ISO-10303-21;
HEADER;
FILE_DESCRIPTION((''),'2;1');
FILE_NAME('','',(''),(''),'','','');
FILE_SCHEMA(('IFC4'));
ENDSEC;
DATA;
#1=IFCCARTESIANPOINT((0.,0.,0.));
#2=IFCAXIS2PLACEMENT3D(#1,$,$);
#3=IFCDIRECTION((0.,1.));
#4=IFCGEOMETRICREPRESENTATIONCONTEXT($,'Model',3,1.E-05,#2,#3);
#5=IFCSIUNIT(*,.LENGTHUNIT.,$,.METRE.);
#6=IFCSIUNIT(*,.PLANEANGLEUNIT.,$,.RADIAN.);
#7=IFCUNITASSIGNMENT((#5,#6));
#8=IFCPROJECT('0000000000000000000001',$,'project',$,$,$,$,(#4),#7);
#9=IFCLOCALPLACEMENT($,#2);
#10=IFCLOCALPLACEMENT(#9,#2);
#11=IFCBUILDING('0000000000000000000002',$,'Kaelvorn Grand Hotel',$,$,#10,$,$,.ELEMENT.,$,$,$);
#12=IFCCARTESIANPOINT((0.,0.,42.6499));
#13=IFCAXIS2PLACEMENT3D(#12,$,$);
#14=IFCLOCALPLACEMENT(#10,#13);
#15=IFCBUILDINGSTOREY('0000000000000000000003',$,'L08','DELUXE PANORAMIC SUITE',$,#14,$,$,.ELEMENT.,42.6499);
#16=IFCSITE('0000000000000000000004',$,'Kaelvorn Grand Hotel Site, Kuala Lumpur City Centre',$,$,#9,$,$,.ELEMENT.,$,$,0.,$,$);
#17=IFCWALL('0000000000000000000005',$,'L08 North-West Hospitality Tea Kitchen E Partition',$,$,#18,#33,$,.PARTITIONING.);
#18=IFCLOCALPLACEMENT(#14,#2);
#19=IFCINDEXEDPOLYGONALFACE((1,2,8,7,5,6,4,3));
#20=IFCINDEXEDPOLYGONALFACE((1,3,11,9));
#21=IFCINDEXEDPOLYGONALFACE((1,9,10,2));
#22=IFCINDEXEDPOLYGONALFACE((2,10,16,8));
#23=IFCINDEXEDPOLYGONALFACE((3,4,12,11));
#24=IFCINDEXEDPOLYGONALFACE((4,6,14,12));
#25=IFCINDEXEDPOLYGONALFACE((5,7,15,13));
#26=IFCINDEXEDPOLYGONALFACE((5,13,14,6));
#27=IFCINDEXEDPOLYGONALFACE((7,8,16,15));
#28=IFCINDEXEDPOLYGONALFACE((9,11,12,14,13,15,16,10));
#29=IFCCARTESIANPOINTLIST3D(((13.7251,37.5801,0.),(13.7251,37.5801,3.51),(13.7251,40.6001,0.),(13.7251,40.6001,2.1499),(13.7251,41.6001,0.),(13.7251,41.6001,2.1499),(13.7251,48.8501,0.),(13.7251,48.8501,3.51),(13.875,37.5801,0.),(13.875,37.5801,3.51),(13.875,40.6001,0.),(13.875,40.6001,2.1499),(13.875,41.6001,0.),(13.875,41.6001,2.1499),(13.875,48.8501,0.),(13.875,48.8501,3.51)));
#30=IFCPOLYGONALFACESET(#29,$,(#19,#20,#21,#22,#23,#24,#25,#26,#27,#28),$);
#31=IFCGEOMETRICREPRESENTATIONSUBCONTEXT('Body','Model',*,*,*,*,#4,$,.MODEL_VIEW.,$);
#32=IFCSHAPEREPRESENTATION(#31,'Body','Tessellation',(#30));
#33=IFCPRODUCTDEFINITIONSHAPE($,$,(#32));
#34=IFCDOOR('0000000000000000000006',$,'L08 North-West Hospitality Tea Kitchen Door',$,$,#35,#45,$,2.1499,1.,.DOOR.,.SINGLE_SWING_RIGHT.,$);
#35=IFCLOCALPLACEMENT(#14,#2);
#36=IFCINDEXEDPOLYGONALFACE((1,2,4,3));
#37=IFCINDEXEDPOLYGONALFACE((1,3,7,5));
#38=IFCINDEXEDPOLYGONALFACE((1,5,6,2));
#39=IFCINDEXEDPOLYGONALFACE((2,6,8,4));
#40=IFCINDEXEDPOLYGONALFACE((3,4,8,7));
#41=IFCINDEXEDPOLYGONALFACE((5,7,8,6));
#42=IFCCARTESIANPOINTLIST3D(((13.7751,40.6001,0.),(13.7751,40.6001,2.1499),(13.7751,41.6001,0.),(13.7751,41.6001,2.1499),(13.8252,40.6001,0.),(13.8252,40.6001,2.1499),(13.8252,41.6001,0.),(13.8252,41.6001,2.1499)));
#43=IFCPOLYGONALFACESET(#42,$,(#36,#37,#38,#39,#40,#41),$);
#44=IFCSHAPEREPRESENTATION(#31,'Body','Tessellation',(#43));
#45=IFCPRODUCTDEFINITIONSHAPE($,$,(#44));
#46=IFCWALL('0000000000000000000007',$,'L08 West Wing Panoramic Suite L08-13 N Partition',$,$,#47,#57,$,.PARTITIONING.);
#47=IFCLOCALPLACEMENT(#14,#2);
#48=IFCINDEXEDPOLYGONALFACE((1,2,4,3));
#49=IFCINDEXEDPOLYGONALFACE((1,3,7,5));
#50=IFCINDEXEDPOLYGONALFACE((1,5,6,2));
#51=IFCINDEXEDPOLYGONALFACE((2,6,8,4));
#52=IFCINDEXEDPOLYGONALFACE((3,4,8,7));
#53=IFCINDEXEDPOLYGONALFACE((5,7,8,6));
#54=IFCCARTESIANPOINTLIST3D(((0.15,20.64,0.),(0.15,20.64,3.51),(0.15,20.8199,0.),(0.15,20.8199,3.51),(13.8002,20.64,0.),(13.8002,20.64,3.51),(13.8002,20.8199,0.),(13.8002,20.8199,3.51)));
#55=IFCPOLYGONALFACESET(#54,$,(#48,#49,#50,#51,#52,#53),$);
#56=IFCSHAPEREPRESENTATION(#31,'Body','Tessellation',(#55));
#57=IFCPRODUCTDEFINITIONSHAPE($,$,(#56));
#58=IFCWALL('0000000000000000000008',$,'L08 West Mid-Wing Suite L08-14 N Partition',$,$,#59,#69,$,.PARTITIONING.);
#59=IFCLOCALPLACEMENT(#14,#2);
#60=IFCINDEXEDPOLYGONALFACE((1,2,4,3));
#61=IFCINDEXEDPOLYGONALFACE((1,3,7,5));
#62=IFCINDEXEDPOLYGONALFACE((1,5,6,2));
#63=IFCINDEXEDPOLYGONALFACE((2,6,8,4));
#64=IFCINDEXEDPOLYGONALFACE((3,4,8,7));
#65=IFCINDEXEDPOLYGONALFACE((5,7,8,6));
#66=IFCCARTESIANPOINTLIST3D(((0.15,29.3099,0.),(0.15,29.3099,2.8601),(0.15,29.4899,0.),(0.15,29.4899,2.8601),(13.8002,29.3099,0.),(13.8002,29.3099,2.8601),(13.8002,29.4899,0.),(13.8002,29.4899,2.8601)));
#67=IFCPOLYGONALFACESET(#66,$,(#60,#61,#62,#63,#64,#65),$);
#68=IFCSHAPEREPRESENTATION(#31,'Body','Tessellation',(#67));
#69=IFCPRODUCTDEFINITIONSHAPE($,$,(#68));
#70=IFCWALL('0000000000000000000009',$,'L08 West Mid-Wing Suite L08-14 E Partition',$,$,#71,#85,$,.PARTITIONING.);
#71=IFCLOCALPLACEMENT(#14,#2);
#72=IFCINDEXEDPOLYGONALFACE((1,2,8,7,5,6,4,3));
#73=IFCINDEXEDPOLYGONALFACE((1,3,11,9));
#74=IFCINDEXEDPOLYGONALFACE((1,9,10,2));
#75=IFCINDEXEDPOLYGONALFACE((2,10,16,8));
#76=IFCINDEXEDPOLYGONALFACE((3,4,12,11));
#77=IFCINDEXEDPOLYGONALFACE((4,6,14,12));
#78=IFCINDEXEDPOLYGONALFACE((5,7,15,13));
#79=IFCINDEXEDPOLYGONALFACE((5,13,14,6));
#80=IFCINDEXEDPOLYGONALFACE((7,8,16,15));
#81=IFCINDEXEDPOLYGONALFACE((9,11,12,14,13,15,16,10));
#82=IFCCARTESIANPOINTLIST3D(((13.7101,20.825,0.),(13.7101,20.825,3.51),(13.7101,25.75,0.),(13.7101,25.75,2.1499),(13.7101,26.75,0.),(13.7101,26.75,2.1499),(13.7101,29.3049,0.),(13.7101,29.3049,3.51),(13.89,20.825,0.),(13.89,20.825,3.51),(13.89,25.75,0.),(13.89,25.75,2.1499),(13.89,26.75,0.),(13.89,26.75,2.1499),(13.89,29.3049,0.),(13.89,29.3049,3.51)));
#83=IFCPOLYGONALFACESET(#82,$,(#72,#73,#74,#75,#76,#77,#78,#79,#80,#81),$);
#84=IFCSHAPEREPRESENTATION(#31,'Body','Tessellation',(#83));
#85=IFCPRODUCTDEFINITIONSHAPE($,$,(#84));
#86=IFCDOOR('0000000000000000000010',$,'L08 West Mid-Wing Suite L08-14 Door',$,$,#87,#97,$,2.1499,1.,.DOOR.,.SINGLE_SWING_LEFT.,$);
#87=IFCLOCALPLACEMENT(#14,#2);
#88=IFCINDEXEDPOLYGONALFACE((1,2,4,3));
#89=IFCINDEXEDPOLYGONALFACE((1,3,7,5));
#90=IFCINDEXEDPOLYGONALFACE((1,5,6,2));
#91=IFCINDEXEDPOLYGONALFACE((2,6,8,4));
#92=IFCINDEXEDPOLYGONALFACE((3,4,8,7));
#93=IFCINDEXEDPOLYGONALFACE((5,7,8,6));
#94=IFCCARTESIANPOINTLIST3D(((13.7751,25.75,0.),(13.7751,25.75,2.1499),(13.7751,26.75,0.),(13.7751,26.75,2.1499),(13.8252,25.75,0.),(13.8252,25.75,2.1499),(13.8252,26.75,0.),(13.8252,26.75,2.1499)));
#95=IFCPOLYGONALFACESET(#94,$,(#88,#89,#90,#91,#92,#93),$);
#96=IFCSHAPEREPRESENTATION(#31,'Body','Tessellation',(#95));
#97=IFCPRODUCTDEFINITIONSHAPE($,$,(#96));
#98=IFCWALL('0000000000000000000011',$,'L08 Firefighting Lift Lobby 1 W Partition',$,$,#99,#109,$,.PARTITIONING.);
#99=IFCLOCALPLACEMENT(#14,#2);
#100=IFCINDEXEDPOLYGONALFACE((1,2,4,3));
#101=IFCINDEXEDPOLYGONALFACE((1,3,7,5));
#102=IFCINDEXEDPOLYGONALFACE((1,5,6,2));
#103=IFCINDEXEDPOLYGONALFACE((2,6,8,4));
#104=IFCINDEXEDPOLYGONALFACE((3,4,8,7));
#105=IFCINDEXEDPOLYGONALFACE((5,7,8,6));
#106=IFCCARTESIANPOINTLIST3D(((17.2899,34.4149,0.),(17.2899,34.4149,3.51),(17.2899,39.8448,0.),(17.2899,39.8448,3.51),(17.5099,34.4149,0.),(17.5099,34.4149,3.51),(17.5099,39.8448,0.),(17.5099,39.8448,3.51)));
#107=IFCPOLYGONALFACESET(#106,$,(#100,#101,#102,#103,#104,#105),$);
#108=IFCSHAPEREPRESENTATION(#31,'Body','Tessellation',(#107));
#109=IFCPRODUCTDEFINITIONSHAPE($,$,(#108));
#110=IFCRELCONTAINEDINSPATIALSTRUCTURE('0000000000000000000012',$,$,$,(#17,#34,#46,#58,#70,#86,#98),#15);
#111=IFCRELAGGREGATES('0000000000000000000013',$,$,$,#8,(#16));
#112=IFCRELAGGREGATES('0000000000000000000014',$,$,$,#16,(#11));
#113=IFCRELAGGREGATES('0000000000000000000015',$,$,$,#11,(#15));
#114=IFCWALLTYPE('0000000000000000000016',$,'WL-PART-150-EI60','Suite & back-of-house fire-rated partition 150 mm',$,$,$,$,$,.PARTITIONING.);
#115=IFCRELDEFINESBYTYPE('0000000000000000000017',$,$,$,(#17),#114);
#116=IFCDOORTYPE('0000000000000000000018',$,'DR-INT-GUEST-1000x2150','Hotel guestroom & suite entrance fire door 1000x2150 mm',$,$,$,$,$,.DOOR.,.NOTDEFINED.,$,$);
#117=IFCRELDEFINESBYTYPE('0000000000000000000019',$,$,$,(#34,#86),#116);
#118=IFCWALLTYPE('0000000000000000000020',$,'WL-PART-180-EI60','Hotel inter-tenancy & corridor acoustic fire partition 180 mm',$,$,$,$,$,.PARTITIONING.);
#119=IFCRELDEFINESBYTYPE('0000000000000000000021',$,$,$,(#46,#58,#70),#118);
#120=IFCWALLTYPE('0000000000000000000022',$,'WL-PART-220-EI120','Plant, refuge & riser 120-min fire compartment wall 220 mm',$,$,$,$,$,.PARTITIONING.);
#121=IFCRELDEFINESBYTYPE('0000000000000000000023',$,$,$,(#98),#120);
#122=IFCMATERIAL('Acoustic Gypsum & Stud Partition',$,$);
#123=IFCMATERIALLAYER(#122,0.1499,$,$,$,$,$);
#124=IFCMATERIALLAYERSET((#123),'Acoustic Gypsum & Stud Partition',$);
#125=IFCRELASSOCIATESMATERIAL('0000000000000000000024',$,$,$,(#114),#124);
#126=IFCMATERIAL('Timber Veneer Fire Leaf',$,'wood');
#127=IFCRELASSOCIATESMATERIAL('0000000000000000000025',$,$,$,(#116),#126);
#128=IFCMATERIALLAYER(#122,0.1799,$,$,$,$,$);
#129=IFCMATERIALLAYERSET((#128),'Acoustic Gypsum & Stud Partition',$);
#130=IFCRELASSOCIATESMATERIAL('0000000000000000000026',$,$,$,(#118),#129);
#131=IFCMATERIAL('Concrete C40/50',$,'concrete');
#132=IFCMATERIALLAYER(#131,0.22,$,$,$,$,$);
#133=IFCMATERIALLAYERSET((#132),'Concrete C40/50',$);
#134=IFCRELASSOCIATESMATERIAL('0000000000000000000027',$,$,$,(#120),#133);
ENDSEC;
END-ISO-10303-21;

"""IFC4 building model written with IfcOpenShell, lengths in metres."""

from ifc_helpers import new_model, si_unit, direction, frame, frame_2d, origin, place, context, subcontext, project, spatial, rectangle, extrude, material, layer, layer_set, type_object, element, fill, save


model = new_model("IFC4")

# Units and contexts
model_context = context("Model", 3, precision=1e-05, world=origin(), true_north=direction((0.0, 1.0)))
body_context = subcontext(model_context, "Body", "Model", "MODEL_VIEW")
ifc_project = project(units=[si_unit("LENGTHUNIT", "METRE"), si_unit("PLANEANGLEUNIT", "RADIAN")], contexts=[model_context])

# Site, building, storey
site_placement = place(None, origin())
site = spatial("IfcSite", under=ifc_project, at=site_placement, Name="Kaelvorn Grand Hotel Site, Kuala Lumpur City Centre", CompositionType="ELEMENT", RefElevation=0.0)
building_placement = place(site_placement, origin())
building = spatial("IfcBuilding", under=site, at=building_placement, Name="Kaelvorn Grand Hotel", CompositionType="ELEMENT")
storey_placement = place(building_placement, frame((0.0, 0.0, 42.6499)))
storey = spatial("IfcBuildingStorey", under=building, at=storey_placement, Name="L08", Description="DELUXE PANORAMIC SUITE", CompositionType="ELEMENT", Elevation=42.6499)

# Shared definitions
ifc_material_1 = material(Name="Acoustic Gypsum & Stud Partition")
ifc_layer_1 = layer(ifc_material_1, 0.1499)
ifc_layer_set_1 = layer_set([ifc_layer_1], Name="Acoustic Gypsum & Stud Partition")
wall_type_1 = type_object("IfcWallType", Name="WL-PART-150-EI60", Description="Suite & back-of-house fire-rated partition 150 mm", PredefinedType="PARTITIONING", material=ifc_layer_set_1)

# Wall, opening, door
ifc_material_2 = material(Name="Timber Veneer Fire Leaf", Category="wood")
door_type_1 = type_object("IfcDoorType", Name="DR-INT-GUEST-1000x2150", Description="Hotel guestroom & suite entrance fire door 1000x2150 mm", OperationType="NOTDEFINED", PredefinedType="DOOR", material=ifc_material_2)
wall_1_placement = place(storey_placement, frame((13.8, 37.5801, 0.0), z_axis=(0.0, 0.0, 1.0), x_axis=(0.0, 1.0, 0.0)))
wall_1 = element("IfcWall", 1, at=wall_1_placement, inside=storey, type_object=wall_type_1, Name="L08 North-West Hospitality Tea Kitchen E Partition", PredefinedType="PARTITIONING", context=body_context, shape_type="SweptSolid", body=[
    extrude(rectangle(XDim=11.27, YDim=0.1499, at=frame_2d((5.635, 0.0))), origin(), (0.0, 0.0, 1.0), 3.51),
])
opening_1_placement = place(wall_1_placement, frame((3.02, 0.0, 0.0)))
opening_1 = element("IfcOpeningElement", 2, at=opening_1_placement, cuts=wall_1, PredefinedType="OPENING", context=body_context, shape_type="SweptSolid", body=[
    extrude(rectangle(XDim=1.0, YDim=2.1499, at=frame_2d((0.5, 1.075))), frame((0.0, 0.085, 0.0), z_axis=(0.0, -1.0, 0.0), x_axis=(1.0, 0.0, 0.0)), (0.0, 0.0, 1.0), 0.1699),
])
door_1_placement = place(opening_1_placement, origin())
door_1 = element("IfcDoor", 3, at=door_1_placement, inside=storey, type_object=door_type_1, Name="L08 North-West Hospitality Tea Kitchen Door", OperationType="SINGLE_SWING_RIGHT", OverallHeight=2.1499, OverallWidth=1.0, PredefinedType="DOOR", context=body_context, shape_type="SweptSolid", body=[
    extrude(rectangle(XDim=1.0, YDim=2.1499, at=frame_2d((0.5, 1.075))), frame((0.0, 0.0249, 0.0), z_axis=(0.0, -1.0, 0.0), x_axis=(1.0, 0.0, 0.0)), (0.0, 0.0, 1.0), 0.05),
])
fill(opening_1, door_1)

# Walls
ifc_layer_2 = layer(ifc_material_1, 0.1799)
ifc_layer_set_2 = layer_set([ifc_layer_2], Name="Acoustic Gypsum & Stud Partition")
wall_type_2 = type_object("IfcWallType", Name="WL-PART-180-EI60", Description="Hotel inter-tenancy & corridor acoustic fire partition 180 mm", PredefinedType="PARTITIONING", material=ifc_layer_set_2)
wall_2_placement = place(storey_placement, frame((0.1499, 20.73, 0.0), z_axis=(0.0, 0.0, 1.0), x_axis=(1.0, 0.0, 0.0)))
element("IfcWall", 4, at=wall_2_placement, inside=storey, type_object=wall_type_2, Name="L08 West Wing Panoramic Suite L08-13 N Partition", PredefinedType="PARTITIONING", context=body_context, shape_type="SweptSolid", body=[
    extrude(rectangle(XDim=13.6501, YDim=0.1799, at=frame_2d((6.8252, 0.0))), origin(), (0.0, 0.0, 1.0), 3.51),
])
wall_3_placement = place(storey_placement, frame((0.1499, 29.3999, 0.0), z_axis=(0.0, 0.0, 1.0), x_axis=(1.0, 0.0, 0.0)))
element("IfcWall", 5, at=wall_3_placement, inside=storey, type_object=wall_type_2, Name="L08 West Mid-Wing Suite L08-14 N Partition", PredefinedType="PARTITIONING", context=body_context, shape_type="SweptSolid", body=[
    extrude(rectangle(XDim=13.6501, YDim=0.1799, at=frame_2d((6.8252, 0.0))), origin(), (0.0, 0.0, 1.0), 2.8601),
])

# Wall, opening, door
wall_4_placement = place(storey_placement, frame((13.8, 20.825, 0.0), z_axis=(0.0, 0.0, 1.0), x_axis=(0.0, 1.0, 0.0)))
wall_4 = element("IfcWall", 6, at=wall_4_placement, inside=storey, type_object=wall_type_2, Name="L08 West Mid-Wing Suite L08-14 E Partition", PredefinedType="PARTITIONING", context=body_context, shape_type="SweptSolid", body=[
    extrude(rectangle(XDim=8.48, YDim=0.1799, at=frame_2d((4.24, 0.0))), origin(), (0.0, 0.0, 1.0), 3.51),
])
opening_2_placement = place(wall_4_placement, frame((4.925, 0.0, 0.0)))
opening_2 = element("IfcOpeningElement", 7, at=opening_2_placement, cuts=wall_4, PredefinedType="OPENING", context=body_context, shape_type="SweptSolid", body=[
    extrude(rectangle(XDim=1.0, YDim=2.1499, at=frame_2d((0.5, 1.075))), frame((0.0, 0.1001, 0.0), z_axis=(0.0, -1.0, 0.0), x_axis=(1.0, 0.0, 0.0)), (0.0, 0.0, 1.0), 0.2),
])
door_2_placement = place(opening_2_placement, origin())
door_2 = element("IfcDoor", 8, at=door_2_placement, inside=storey, type_object=door_type_1, Name="L08 West Mid-Wing Suite L08-14 Door", OperationType="SINGLE_SWING_LEFT", OverallHeight=2.1499, OverallWidth=1.0, PredefinedType="DOOR", context=body_context, shape_type="SweptSolid", body=[
    extrude(rectangle(XDim=1.0, YDim=2.1499, at=frame_2d((0.5, 1.075))), frame((0.0, 0.0249, 0.0), z_axis=(0.0, -1.0, 0.0), x_axis=(1.0, 0.0, 0.0)), (0.0, 0.0, 1.0), 0.05),
])
fill(opening_2, door_2)
ifc_material_3 = material(Name="Concrete C40/50", Category="concrete")
ifc_layer_3 = layer(ifc_material_3, 0.22)
ifc_layer_set_3 = layer_set([ifc_layer_3], Name="Concrete C40/50")
wall_type_3 = type_object("IfcWallType", Name="WL-PART-220-EI120", Description="Plant, refuge & riser 120-min fire compartment wall 220 mm", PredefinedType="PARTITIONING", material=ifc_layer_set_3)

# Wall
wall_5_placement = place(storey_placement, frame((17.3999, 34.415, 0.0), z_axis=(0.0, 0.0, 1.0), x_axis=(0.0, 1.0, 0.0)))
element("IfcWall", 9, at=wall_5_placement, inside=storey, type_object=wall_type_3, Name="L08 Firefighting Lift Lobby 1 W Partition", PredefinedType="PARTITIONING", context=body_context, shape_type="SweptSolid", body=[
    extrude(rectangle(XDim=5.4299, YDim=0.22, at=frame_2d((2.7148, 0.0))), origin(), (0.0, 0.0, 1.0), 3.51),
])

save(model, "model.ifc")
